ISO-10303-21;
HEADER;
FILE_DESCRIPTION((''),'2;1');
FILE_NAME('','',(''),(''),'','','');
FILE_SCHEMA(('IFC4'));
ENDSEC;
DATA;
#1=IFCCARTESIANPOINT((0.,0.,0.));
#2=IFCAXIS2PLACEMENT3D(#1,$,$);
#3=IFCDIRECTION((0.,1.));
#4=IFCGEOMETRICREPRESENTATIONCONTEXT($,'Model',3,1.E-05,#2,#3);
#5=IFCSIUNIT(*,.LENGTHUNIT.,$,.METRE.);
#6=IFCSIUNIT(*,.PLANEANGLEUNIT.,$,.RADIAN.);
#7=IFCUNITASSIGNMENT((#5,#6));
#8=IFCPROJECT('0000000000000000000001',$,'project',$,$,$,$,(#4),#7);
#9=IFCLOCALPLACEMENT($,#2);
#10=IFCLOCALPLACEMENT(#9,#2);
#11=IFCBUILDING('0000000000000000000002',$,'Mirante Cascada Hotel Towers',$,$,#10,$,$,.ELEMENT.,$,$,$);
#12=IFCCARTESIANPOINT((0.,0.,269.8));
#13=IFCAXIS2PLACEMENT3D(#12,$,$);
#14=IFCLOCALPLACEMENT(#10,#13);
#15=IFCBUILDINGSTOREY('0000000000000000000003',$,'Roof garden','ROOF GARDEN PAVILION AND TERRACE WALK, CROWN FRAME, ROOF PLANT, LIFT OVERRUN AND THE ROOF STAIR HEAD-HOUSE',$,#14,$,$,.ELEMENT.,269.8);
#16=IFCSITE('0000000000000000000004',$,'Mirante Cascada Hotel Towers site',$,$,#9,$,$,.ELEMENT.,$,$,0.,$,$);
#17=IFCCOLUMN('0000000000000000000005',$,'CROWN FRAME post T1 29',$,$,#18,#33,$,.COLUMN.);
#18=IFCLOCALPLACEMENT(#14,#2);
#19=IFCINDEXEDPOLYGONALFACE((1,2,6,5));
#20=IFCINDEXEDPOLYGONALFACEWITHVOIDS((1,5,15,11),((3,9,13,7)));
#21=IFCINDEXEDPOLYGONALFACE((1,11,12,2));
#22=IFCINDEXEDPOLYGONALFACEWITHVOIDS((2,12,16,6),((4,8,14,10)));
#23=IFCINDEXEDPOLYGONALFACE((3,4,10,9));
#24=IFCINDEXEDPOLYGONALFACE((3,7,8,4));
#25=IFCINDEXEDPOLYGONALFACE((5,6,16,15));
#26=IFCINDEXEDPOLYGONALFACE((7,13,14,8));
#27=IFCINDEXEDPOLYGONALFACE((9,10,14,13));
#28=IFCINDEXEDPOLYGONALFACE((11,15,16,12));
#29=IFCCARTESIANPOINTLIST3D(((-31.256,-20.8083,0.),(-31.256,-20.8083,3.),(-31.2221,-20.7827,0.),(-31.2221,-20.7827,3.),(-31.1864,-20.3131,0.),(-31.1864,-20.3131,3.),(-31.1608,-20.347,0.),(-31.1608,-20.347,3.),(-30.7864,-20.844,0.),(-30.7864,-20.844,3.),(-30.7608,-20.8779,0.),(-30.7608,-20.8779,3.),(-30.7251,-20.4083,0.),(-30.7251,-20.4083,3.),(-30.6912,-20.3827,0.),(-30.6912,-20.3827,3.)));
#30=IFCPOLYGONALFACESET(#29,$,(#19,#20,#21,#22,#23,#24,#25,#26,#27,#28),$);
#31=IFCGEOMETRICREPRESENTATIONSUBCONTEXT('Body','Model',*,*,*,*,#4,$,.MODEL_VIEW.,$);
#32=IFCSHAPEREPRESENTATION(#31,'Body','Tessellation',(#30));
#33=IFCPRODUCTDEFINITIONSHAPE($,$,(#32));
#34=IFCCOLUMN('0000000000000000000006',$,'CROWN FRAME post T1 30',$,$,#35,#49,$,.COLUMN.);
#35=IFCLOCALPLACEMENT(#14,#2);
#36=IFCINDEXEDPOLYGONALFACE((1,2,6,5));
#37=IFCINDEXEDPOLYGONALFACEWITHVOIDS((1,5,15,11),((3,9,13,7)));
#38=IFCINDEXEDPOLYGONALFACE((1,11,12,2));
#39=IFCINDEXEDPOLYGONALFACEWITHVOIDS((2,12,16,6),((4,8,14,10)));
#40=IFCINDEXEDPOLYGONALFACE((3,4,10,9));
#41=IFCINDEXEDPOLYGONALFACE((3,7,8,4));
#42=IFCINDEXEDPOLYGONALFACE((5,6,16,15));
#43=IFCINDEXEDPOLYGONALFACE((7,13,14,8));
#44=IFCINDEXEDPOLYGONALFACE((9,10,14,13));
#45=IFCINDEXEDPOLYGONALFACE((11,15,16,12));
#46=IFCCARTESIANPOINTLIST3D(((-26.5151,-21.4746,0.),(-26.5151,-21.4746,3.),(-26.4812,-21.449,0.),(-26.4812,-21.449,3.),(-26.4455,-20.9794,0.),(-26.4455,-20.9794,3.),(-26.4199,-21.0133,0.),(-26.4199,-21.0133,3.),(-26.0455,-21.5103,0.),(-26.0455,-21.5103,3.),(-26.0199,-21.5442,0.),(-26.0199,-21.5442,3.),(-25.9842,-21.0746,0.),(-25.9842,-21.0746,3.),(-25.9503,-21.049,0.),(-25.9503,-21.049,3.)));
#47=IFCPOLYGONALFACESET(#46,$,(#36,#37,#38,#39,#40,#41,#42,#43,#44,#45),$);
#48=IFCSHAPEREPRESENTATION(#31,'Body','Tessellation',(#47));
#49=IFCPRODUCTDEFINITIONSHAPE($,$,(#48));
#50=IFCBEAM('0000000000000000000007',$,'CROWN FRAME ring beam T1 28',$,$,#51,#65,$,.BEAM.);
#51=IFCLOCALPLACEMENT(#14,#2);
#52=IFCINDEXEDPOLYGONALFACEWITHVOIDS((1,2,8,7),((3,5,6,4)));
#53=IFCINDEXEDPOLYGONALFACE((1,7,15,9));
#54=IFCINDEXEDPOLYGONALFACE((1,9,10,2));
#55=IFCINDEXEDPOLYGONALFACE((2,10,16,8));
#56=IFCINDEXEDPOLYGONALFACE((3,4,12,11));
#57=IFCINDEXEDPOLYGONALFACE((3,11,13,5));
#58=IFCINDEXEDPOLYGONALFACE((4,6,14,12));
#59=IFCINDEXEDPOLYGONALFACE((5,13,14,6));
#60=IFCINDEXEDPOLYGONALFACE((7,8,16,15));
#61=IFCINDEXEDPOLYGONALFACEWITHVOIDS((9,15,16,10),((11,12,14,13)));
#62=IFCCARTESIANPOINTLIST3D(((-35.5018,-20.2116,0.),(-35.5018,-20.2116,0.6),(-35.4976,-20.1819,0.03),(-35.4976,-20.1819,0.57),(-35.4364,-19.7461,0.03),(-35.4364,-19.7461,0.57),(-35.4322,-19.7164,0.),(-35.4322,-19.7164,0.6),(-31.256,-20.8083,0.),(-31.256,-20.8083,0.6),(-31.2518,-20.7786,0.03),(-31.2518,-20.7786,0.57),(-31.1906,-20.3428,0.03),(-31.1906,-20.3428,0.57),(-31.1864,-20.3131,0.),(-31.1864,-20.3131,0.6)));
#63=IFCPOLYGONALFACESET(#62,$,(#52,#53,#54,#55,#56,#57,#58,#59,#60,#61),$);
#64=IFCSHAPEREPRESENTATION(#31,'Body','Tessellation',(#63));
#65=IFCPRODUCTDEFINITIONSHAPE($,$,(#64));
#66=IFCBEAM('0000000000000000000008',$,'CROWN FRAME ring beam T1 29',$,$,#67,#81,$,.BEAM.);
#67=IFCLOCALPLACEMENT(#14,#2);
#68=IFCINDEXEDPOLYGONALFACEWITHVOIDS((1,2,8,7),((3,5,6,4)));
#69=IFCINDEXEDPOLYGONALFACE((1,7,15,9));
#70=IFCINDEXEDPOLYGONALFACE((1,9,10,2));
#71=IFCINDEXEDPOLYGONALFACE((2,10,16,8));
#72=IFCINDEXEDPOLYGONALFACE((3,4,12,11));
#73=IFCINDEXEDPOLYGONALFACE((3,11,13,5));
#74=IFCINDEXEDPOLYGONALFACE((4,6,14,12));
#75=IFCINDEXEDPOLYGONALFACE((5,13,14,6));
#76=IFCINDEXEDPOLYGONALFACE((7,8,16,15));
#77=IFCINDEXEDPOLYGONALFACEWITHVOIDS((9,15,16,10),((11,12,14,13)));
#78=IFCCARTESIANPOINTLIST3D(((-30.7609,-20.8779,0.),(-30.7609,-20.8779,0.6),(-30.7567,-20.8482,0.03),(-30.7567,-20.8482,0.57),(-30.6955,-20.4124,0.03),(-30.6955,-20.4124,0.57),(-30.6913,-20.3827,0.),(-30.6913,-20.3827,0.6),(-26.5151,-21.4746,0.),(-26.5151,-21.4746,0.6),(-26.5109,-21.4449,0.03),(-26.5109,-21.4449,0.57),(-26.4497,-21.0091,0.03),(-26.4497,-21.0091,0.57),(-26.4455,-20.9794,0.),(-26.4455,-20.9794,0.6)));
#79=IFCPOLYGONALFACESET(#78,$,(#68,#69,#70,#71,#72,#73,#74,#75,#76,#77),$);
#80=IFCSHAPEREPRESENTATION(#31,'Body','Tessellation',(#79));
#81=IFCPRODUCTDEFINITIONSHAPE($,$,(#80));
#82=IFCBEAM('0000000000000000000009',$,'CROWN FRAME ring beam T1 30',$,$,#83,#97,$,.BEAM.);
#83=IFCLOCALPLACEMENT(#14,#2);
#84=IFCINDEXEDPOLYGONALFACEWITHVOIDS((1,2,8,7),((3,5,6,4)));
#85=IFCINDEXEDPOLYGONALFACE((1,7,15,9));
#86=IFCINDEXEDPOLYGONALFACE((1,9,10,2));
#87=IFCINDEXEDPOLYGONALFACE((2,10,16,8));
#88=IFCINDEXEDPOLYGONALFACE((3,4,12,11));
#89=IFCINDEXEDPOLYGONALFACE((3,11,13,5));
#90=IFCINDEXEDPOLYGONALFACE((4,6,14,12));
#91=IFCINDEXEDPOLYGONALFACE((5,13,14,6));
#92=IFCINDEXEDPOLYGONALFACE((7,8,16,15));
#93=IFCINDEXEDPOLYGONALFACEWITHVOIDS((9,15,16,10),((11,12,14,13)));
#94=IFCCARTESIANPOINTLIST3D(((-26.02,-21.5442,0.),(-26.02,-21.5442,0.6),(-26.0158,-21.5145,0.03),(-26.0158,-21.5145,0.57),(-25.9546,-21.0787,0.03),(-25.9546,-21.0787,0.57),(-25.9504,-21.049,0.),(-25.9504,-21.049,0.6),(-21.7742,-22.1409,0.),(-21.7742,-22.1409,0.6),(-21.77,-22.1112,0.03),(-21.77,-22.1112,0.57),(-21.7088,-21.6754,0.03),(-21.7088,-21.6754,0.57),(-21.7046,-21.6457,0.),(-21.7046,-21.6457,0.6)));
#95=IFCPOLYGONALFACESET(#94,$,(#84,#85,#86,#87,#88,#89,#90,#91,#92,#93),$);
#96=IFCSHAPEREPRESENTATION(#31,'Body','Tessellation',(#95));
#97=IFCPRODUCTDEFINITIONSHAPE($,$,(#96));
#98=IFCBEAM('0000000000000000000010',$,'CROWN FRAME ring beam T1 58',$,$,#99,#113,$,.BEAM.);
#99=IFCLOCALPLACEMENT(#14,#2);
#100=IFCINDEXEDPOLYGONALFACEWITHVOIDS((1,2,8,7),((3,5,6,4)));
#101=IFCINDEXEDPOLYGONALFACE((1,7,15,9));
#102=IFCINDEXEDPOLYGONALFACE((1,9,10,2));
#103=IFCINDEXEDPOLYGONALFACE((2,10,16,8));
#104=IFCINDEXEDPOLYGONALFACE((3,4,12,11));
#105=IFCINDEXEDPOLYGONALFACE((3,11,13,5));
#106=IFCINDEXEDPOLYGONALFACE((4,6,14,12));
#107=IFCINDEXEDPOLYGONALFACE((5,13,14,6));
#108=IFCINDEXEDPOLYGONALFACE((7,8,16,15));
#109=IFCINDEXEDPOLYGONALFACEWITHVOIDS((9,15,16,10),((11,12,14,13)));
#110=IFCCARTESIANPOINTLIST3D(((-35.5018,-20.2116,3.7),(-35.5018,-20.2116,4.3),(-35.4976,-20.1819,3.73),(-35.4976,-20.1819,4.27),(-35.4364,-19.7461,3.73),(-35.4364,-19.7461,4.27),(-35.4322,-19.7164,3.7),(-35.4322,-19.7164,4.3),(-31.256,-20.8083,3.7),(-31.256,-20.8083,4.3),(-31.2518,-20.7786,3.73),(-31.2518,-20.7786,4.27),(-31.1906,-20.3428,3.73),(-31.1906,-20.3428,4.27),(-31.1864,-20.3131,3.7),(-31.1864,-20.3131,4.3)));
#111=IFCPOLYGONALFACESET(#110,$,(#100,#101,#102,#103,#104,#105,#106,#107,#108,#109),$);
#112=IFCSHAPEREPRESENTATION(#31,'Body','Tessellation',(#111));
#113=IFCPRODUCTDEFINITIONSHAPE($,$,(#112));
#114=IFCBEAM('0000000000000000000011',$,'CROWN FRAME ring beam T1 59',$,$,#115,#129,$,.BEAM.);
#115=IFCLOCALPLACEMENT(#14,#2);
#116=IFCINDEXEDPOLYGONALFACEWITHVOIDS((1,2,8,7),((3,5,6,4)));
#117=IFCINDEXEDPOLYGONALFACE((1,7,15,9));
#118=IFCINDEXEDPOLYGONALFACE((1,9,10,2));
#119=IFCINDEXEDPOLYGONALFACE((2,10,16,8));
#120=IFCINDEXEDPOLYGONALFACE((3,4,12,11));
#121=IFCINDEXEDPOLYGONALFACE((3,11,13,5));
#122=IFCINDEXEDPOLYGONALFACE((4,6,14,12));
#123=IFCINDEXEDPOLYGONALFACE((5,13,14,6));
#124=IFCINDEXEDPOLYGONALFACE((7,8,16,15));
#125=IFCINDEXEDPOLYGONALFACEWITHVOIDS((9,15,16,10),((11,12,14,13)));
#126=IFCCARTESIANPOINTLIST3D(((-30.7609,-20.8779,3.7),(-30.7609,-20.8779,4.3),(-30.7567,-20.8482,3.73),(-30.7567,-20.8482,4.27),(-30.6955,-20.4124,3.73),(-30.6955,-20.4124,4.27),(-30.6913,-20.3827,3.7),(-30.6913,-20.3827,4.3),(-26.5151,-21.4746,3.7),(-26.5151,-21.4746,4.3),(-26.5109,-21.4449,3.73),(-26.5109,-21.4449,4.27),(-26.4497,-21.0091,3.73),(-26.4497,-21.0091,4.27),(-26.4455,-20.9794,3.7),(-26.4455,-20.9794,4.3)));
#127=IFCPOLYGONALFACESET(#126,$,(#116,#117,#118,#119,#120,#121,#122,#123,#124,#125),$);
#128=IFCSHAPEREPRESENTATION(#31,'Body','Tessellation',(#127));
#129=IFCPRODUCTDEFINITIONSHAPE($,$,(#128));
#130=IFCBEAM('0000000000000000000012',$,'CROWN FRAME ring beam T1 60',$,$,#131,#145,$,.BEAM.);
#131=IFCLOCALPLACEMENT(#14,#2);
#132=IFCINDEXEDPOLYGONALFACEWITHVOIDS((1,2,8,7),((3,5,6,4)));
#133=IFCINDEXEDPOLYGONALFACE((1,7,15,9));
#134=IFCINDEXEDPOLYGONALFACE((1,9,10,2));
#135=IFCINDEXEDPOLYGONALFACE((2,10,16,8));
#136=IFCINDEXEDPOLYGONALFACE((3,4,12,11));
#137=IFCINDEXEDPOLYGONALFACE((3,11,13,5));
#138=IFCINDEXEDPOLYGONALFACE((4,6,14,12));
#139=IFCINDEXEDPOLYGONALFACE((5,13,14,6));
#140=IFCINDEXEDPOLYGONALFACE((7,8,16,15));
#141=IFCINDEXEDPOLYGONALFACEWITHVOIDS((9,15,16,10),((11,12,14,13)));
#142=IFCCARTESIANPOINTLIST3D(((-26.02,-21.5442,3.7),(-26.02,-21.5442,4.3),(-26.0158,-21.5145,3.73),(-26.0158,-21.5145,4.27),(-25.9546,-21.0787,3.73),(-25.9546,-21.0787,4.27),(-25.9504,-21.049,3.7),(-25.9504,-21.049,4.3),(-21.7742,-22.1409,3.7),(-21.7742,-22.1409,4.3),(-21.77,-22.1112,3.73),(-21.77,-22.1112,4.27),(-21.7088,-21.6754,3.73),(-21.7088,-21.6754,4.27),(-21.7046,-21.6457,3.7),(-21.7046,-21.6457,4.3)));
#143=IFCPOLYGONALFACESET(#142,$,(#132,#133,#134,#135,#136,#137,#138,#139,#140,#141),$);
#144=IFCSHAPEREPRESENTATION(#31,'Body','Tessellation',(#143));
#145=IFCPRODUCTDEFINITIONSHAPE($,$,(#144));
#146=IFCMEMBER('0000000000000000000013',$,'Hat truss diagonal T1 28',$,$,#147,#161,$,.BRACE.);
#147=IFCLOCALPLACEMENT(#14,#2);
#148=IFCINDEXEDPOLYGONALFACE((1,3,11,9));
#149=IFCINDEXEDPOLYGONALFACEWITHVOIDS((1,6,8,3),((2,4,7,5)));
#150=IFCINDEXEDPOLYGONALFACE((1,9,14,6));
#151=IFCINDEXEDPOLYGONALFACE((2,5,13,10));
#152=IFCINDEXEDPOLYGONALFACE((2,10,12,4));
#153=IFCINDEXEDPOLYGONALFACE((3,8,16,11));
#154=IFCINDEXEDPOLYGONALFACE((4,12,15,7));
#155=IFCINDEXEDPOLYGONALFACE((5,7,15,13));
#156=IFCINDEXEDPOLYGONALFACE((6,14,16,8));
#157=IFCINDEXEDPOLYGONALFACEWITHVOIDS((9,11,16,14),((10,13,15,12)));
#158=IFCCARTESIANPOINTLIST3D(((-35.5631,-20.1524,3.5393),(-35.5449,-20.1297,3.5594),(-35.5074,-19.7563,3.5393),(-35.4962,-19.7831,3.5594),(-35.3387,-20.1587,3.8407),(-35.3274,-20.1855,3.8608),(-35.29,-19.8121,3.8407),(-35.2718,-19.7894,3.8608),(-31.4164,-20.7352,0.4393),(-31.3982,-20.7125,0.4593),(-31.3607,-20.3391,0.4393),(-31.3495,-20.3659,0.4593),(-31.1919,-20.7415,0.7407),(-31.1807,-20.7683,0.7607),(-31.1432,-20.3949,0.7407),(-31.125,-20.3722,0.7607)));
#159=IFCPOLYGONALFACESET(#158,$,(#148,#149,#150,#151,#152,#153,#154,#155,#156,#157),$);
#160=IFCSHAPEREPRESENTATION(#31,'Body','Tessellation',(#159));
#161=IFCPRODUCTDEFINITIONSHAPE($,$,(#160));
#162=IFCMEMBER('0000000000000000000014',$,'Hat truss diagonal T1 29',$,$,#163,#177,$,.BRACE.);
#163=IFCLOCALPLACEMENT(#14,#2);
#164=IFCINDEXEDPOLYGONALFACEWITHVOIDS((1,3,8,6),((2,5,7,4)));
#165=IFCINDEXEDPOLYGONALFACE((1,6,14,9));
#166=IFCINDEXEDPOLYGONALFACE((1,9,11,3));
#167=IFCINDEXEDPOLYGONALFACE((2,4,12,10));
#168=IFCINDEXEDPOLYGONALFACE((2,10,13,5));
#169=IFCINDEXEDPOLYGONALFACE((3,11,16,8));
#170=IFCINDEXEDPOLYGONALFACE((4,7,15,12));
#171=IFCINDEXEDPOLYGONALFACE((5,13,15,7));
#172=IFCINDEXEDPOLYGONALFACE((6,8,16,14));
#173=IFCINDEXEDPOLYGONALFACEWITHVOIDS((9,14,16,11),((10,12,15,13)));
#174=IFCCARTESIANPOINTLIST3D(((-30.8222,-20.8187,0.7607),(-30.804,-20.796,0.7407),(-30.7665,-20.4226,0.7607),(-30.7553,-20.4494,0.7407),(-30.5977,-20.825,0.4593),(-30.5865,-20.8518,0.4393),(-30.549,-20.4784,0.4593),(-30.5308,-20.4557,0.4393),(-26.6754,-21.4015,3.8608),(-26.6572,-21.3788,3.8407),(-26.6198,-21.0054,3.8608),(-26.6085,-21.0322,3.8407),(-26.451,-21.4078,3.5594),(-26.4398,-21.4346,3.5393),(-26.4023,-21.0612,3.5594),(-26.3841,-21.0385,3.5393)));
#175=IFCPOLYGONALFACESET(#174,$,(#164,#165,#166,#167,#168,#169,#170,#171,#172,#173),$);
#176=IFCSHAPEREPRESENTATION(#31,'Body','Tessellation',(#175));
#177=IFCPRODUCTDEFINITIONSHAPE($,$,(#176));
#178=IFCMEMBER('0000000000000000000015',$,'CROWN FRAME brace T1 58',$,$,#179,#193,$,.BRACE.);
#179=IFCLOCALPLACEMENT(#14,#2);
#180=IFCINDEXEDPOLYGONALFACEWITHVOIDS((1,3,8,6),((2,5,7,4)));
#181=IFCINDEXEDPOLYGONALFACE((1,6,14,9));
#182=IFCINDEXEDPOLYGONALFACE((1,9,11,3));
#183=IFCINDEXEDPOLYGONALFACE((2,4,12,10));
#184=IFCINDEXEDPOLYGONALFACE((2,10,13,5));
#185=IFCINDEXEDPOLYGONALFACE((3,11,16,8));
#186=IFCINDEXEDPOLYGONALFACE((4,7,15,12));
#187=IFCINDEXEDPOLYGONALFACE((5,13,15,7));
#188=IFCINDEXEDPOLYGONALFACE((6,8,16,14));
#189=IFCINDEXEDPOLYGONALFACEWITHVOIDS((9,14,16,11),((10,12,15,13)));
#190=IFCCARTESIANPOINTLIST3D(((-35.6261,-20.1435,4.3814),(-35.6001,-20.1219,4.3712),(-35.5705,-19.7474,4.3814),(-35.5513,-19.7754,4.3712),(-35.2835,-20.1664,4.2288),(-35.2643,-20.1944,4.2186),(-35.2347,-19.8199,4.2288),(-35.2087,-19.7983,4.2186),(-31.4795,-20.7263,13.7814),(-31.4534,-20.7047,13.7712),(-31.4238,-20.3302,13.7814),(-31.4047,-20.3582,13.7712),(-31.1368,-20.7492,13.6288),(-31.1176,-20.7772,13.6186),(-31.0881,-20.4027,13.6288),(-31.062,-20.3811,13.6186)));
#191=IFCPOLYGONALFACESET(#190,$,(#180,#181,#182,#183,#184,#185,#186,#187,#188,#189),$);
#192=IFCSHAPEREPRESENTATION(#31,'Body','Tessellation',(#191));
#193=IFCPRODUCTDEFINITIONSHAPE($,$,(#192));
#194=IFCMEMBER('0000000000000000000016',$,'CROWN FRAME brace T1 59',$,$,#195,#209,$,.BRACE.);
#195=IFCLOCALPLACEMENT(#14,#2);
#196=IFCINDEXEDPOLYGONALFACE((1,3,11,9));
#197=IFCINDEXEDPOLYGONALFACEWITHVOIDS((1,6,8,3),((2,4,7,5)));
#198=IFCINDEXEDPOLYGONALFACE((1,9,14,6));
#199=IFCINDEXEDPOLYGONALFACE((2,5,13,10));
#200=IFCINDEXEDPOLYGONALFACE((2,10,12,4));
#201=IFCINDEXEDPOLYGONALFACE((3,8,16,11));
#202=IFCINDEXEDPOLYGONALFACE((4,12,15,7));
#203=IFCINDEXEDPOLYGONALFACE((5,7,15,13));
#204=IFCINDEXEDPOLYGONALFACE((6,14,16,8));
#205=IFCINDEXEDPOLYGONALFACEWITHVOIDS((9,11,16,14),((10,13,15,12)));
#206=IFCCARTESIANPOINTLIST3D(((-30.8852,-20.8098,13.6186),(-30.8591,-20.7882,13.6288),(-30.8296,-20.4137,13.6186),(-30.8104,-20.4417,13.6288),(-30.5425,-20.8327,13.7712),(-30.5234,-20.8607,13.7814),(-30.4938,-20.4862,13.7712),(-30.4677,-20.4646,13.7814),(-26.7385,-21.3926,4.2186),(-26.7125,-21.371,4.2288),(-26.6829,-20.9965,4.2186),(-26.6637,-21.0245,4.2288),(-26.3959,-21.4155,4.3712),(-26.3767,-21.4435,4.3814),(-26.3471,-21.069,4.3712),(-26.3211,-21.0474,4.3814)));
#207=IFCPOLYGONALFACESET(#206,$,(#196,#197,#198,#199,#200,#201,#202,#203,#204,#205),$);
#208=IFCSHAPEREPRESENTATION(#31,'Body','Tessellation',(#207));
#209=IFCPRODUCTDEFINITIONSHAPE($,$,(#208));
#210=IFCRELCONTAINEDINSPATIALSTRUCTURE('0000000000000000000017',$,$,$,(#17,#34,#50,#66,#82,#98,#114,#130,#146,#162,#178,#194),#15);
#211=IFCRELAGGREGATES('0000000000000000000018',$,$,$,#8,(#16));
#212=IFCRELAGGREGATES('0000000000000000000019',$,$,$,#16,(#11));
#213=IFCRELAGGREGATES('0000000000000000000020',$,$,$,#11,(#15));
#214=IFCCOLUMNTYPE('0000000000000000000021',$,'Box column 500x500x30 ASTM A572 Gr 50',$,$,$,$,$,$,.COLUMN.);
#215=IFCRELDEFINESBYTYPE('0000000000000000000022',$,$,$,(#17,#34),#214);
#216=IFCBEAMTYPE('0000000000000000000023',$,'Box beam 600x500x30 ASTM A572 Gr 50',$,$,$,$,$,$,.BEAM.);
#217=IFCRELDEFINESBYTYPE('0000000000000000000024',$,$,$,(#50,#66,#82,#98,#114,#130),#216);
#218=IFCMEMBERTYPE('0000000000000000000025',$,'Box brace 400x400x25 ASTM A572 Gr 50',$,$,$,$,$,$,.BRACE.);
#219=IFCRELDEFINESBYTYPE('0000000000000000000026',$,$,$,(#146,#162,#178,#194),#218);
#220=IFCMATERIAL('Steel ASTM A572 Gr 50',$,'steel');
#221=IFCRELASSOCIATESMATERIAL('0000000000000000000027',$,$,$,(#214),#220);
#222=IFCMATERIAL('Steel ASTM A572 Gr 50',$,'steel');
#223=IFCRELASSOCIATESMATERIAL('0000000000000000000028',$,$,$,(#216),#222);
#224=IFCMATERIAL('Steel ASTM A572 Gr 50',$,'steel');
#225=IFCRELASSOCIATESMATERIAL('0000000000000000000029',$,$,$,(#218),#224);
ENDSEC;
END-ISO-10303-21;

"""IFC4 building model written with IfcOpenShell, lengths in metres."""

from ifc_helpers import new_model, si_unit, direction, frame, origin, origin_2d, place, context, subcontext, project, spatial, hollow_rectangle, extrude, material, material_profile, profile_set, type_object, element, save


model = new_model("IFC4")

# Units and contexts
model_context = context("Model", 3, precision=1e-05, world=origin(), true_north=direction((0.0, 1.0)))
body_context = subcontext(model_context, "Body", "Model", "MODEL_VIEW")
ifc_project = project(units=[si_unit("LENGTHUNIT", "METRE"), si_unit("PLANEANGLEUNIT", "RADIAN")], contexts=[model_context])

# Site, building, storey
site_placement = place(None, origin())
site = spatial("IfcSite", under=ifc_project, at=site_placement, Name="Mirante Cascada Hotel Towers site", CompositionType="ELEMENT", RefElevation=0.0)
building_placement = place(site_placement, origin())
building = spatial("IfcBuilding", under=site, at=building_placement, Name="Mirante Cascada Hotel Towers", CompositionType="ELEMENT")
storey_placement = place(building_placement, frame((0.0, 0.0, 269.8)))
storey = spatial("IfcBuildingStorey", under=building, at=storey_placement, Name="Roof garden", Description="ROOF GARDEN PAVILION AND TERRACE WALK, CROWN FRAME, ROOF PLANT, LIFT OVERRUN AND THE ROOF STAIR HEAD-HOUSE", CompositionType="ELEMENT", Elevation=269.8)

# Columns
ifc_material_1 = material(Name="Steel ASTM A572 Gr 50", Category="steel")
ifc_material_profile_1 = material_profile(ifc_material_1, hollow_rectangle(XDim=0.5, YDim=0.5, WallThickness=0.03, at=origin_2d()), Name="Box column 500x500x30 ASTM A572 Gr 50")
ifc_profile_set_1 = profile_set([ifc_material_profile_1], Name="Steel ASTM A572 Gr 50")
column_type = type_object("IfcColumnType", Name="Box column 500x500x30 ASTM A572 Gr 50", PredefinedType="COLUMN", material=ifc_profile_set_1)
for number, where, z_axis, x_axis, name in (
    (1, (-30.9736, -20.5955, 0.0), (0.0, 0.0, 1.0), (-0.990268, 0.139173, 0.0), "CROWN FRAME post T1 29"),
    (2, (-26.2327, -21.2618, 0.0), (0.0, 0.0, 1.0), (-0.990268, 0.139173, 0.0), "CROWN FRAME post T1 30"),
):
    element("IfcColumn", number, at=place(storey_placement, frame(where, z_axis=z_axis, x_axis=x_axis)), inside=storey, type_object=column_type, Name=name, PredefinedType="COLUMN", context=body_context, shape_type="SweptSolid", body=[
        extrude(hollow_rectangle(XDim=0.5, YDim=0.5, WallThickness=0.03, at=origin_2d()), origin(), (0.0, 0.0, 1.0), 3.0),
    ])

# Beams
ifc_material_2 = material(Name="Steel ASTM A572 Gr 50", Category="steel")
ifc_material_profile_2 = material_profile(ifc_material_2, hollow_rectangle(XDim=0.5, YDim=0.6, WallThickness=0.03, at=origin_2d()), Name="Box beam 600x500x30 ASTM A572 Gr 50")
ifc_profile_set_2 = profile_set([ifc_material_profile_2], Name="Steel ASTM A572 Gr 50")
beam_type = type_object("IfcBeamType", Name="Box beam 600x500x30 ASTM A572 Gr 50", PredefinedType="BEAM", material=ifc_profile_set_2)
for number, where, z_axis, x_axis, name in (
    (3, (-35.467, -19.964, 0.3), (0.990268, -0.139171, 0.0), (0.139171, 0.990268, 0.0), "CROWN FRAME ring beam T1 28"),
    (4, (-30.7261, -20.6303, 0.3), (0.990268, -0.139171, 0.0), (0.139171, 0.990268, 0.0), "CROWN FRAME ring beam T1 29"),
    (5, (-25.9852, -21.2966, 0.3), (0.990268, -0.139171, 0.0), (0.139171, 0.990268, 0.0), "CROWN FRAME ring beam T1 30"),
    (6, (-35.467, -19.964, 4.0), (0.990268, -0.139171, 0.0), (0.139171, 0.990268, 0.0), "CROWN FRAME ring beam T1 58"),
    (7, (-30.7261, -20.6303, 4.0), (0.990268, -0.139171, 0.0), (0.139171, 0.990268, 0.0), "CROWN FRAME ring beam T1 59"),
    (8, (-25.9852, -21.2966, 4.0), (0.990268, -0.139171, 0.0), (0.139171, 0.990268, 0.0), "CROWN FRAME ring beam T1 60"),
):
    element("IfcBeam", number, at=place(storey_placement, frame(where, z_axis=z_axis, x_axis=x_axis)), inside=storey, type_object=beam_type, Name=name, PredefinedType="BEAM", context=body_context, shape_type="SweptSolid", body=[
        extrude(hollow_rectangle(XDim=0.5, YDim=0.6, WallThickness=0.03, at=origin_2d()), origin(), (0.0, 0.0, 1.0), 4.2875),
    ])

# Members
ifc_material_3 = material(Name="Steel ASTM A572 Gr 50", Category="steel")
ifc_material_profile_3 = material_profile(ifc_material_3, hollow_rectangle(XDim=0.4, YDim=0.4, WallThickness=0.025, at=origin_2d()), Name="Box brace 400x400x25 ASTM A572 Gr 50")
ifc_profile_set_3 = profile_set([ifc_material_profile_3], Name="Steel ASTM A572 Gr 50")
member_type = type_object("IfcMemberType", Name="Box brace 400x400x25 ASTM A572 Gr 50", PredefinedType="BRACE", material=ifc_profile_set_3)
for number, where, z_axis, x_axis, name in (
    (9, (-31.2707, -20.5537, 0.6), (-0.795902, 0.11186, 0.595002), (-0.139178, -0.990267, 0.0), "Hat truss diagonal T1 28"),
    (10, (-30.6765, -20.6372, 0.6), (0.795902, -0.11186, 0.595002), (0.139178, 0.990267, 0.0), "Hat truss diagonal T1 29"),
):
    element("IfcMember", number, at=place(storey_placement, frame(where, z_axis=z_axis, x_axis=x_axis)), inside=storey, type_object=member_type, Name=name, PredefinedType="BRACE", context=body_context, shape_type="SweptSolid", body=[
        extrude(hollow_rectangle(XDim=0.4, YDim=0.4, WallThickness=0.025, at=origin_2d()), origin(), (0.0, 0.0, 1.0), 5.2101),
    ])
for number, where, z_axis, x_axis, name in (
    (11, (-35.4174, -19.9709, 4.3), (0.402963, -0.056635, 0.913462), (0.139178, 0.990267, 0.0), "CROWN FRAME brace T1 58"),
    (12, (-26.5298, -21.22, 4.3), (-0.402963, 0.056635, 0.913462), (-0.139178, -0.990267, 0.0), "CROWN FRAME brace T1 59"),
):
    element("IfcMember", number, at=place(storey_placement, frame(where, z_axis=z_axis, x_axis=x_axis)), inside=storey, type_object=member_type, Name=name, PredefinedType="BRACE", context=body_context, shape_type="SweptSolid", body=[
        extrude(hollow_rectangle(XDim=0.4, YDim=0.4, WallThickness=0.025, at=origin_2d()), origin(), (0.0, 0.0, 1.0), 10.2905),
    ])

save(model, "model.ifc")
